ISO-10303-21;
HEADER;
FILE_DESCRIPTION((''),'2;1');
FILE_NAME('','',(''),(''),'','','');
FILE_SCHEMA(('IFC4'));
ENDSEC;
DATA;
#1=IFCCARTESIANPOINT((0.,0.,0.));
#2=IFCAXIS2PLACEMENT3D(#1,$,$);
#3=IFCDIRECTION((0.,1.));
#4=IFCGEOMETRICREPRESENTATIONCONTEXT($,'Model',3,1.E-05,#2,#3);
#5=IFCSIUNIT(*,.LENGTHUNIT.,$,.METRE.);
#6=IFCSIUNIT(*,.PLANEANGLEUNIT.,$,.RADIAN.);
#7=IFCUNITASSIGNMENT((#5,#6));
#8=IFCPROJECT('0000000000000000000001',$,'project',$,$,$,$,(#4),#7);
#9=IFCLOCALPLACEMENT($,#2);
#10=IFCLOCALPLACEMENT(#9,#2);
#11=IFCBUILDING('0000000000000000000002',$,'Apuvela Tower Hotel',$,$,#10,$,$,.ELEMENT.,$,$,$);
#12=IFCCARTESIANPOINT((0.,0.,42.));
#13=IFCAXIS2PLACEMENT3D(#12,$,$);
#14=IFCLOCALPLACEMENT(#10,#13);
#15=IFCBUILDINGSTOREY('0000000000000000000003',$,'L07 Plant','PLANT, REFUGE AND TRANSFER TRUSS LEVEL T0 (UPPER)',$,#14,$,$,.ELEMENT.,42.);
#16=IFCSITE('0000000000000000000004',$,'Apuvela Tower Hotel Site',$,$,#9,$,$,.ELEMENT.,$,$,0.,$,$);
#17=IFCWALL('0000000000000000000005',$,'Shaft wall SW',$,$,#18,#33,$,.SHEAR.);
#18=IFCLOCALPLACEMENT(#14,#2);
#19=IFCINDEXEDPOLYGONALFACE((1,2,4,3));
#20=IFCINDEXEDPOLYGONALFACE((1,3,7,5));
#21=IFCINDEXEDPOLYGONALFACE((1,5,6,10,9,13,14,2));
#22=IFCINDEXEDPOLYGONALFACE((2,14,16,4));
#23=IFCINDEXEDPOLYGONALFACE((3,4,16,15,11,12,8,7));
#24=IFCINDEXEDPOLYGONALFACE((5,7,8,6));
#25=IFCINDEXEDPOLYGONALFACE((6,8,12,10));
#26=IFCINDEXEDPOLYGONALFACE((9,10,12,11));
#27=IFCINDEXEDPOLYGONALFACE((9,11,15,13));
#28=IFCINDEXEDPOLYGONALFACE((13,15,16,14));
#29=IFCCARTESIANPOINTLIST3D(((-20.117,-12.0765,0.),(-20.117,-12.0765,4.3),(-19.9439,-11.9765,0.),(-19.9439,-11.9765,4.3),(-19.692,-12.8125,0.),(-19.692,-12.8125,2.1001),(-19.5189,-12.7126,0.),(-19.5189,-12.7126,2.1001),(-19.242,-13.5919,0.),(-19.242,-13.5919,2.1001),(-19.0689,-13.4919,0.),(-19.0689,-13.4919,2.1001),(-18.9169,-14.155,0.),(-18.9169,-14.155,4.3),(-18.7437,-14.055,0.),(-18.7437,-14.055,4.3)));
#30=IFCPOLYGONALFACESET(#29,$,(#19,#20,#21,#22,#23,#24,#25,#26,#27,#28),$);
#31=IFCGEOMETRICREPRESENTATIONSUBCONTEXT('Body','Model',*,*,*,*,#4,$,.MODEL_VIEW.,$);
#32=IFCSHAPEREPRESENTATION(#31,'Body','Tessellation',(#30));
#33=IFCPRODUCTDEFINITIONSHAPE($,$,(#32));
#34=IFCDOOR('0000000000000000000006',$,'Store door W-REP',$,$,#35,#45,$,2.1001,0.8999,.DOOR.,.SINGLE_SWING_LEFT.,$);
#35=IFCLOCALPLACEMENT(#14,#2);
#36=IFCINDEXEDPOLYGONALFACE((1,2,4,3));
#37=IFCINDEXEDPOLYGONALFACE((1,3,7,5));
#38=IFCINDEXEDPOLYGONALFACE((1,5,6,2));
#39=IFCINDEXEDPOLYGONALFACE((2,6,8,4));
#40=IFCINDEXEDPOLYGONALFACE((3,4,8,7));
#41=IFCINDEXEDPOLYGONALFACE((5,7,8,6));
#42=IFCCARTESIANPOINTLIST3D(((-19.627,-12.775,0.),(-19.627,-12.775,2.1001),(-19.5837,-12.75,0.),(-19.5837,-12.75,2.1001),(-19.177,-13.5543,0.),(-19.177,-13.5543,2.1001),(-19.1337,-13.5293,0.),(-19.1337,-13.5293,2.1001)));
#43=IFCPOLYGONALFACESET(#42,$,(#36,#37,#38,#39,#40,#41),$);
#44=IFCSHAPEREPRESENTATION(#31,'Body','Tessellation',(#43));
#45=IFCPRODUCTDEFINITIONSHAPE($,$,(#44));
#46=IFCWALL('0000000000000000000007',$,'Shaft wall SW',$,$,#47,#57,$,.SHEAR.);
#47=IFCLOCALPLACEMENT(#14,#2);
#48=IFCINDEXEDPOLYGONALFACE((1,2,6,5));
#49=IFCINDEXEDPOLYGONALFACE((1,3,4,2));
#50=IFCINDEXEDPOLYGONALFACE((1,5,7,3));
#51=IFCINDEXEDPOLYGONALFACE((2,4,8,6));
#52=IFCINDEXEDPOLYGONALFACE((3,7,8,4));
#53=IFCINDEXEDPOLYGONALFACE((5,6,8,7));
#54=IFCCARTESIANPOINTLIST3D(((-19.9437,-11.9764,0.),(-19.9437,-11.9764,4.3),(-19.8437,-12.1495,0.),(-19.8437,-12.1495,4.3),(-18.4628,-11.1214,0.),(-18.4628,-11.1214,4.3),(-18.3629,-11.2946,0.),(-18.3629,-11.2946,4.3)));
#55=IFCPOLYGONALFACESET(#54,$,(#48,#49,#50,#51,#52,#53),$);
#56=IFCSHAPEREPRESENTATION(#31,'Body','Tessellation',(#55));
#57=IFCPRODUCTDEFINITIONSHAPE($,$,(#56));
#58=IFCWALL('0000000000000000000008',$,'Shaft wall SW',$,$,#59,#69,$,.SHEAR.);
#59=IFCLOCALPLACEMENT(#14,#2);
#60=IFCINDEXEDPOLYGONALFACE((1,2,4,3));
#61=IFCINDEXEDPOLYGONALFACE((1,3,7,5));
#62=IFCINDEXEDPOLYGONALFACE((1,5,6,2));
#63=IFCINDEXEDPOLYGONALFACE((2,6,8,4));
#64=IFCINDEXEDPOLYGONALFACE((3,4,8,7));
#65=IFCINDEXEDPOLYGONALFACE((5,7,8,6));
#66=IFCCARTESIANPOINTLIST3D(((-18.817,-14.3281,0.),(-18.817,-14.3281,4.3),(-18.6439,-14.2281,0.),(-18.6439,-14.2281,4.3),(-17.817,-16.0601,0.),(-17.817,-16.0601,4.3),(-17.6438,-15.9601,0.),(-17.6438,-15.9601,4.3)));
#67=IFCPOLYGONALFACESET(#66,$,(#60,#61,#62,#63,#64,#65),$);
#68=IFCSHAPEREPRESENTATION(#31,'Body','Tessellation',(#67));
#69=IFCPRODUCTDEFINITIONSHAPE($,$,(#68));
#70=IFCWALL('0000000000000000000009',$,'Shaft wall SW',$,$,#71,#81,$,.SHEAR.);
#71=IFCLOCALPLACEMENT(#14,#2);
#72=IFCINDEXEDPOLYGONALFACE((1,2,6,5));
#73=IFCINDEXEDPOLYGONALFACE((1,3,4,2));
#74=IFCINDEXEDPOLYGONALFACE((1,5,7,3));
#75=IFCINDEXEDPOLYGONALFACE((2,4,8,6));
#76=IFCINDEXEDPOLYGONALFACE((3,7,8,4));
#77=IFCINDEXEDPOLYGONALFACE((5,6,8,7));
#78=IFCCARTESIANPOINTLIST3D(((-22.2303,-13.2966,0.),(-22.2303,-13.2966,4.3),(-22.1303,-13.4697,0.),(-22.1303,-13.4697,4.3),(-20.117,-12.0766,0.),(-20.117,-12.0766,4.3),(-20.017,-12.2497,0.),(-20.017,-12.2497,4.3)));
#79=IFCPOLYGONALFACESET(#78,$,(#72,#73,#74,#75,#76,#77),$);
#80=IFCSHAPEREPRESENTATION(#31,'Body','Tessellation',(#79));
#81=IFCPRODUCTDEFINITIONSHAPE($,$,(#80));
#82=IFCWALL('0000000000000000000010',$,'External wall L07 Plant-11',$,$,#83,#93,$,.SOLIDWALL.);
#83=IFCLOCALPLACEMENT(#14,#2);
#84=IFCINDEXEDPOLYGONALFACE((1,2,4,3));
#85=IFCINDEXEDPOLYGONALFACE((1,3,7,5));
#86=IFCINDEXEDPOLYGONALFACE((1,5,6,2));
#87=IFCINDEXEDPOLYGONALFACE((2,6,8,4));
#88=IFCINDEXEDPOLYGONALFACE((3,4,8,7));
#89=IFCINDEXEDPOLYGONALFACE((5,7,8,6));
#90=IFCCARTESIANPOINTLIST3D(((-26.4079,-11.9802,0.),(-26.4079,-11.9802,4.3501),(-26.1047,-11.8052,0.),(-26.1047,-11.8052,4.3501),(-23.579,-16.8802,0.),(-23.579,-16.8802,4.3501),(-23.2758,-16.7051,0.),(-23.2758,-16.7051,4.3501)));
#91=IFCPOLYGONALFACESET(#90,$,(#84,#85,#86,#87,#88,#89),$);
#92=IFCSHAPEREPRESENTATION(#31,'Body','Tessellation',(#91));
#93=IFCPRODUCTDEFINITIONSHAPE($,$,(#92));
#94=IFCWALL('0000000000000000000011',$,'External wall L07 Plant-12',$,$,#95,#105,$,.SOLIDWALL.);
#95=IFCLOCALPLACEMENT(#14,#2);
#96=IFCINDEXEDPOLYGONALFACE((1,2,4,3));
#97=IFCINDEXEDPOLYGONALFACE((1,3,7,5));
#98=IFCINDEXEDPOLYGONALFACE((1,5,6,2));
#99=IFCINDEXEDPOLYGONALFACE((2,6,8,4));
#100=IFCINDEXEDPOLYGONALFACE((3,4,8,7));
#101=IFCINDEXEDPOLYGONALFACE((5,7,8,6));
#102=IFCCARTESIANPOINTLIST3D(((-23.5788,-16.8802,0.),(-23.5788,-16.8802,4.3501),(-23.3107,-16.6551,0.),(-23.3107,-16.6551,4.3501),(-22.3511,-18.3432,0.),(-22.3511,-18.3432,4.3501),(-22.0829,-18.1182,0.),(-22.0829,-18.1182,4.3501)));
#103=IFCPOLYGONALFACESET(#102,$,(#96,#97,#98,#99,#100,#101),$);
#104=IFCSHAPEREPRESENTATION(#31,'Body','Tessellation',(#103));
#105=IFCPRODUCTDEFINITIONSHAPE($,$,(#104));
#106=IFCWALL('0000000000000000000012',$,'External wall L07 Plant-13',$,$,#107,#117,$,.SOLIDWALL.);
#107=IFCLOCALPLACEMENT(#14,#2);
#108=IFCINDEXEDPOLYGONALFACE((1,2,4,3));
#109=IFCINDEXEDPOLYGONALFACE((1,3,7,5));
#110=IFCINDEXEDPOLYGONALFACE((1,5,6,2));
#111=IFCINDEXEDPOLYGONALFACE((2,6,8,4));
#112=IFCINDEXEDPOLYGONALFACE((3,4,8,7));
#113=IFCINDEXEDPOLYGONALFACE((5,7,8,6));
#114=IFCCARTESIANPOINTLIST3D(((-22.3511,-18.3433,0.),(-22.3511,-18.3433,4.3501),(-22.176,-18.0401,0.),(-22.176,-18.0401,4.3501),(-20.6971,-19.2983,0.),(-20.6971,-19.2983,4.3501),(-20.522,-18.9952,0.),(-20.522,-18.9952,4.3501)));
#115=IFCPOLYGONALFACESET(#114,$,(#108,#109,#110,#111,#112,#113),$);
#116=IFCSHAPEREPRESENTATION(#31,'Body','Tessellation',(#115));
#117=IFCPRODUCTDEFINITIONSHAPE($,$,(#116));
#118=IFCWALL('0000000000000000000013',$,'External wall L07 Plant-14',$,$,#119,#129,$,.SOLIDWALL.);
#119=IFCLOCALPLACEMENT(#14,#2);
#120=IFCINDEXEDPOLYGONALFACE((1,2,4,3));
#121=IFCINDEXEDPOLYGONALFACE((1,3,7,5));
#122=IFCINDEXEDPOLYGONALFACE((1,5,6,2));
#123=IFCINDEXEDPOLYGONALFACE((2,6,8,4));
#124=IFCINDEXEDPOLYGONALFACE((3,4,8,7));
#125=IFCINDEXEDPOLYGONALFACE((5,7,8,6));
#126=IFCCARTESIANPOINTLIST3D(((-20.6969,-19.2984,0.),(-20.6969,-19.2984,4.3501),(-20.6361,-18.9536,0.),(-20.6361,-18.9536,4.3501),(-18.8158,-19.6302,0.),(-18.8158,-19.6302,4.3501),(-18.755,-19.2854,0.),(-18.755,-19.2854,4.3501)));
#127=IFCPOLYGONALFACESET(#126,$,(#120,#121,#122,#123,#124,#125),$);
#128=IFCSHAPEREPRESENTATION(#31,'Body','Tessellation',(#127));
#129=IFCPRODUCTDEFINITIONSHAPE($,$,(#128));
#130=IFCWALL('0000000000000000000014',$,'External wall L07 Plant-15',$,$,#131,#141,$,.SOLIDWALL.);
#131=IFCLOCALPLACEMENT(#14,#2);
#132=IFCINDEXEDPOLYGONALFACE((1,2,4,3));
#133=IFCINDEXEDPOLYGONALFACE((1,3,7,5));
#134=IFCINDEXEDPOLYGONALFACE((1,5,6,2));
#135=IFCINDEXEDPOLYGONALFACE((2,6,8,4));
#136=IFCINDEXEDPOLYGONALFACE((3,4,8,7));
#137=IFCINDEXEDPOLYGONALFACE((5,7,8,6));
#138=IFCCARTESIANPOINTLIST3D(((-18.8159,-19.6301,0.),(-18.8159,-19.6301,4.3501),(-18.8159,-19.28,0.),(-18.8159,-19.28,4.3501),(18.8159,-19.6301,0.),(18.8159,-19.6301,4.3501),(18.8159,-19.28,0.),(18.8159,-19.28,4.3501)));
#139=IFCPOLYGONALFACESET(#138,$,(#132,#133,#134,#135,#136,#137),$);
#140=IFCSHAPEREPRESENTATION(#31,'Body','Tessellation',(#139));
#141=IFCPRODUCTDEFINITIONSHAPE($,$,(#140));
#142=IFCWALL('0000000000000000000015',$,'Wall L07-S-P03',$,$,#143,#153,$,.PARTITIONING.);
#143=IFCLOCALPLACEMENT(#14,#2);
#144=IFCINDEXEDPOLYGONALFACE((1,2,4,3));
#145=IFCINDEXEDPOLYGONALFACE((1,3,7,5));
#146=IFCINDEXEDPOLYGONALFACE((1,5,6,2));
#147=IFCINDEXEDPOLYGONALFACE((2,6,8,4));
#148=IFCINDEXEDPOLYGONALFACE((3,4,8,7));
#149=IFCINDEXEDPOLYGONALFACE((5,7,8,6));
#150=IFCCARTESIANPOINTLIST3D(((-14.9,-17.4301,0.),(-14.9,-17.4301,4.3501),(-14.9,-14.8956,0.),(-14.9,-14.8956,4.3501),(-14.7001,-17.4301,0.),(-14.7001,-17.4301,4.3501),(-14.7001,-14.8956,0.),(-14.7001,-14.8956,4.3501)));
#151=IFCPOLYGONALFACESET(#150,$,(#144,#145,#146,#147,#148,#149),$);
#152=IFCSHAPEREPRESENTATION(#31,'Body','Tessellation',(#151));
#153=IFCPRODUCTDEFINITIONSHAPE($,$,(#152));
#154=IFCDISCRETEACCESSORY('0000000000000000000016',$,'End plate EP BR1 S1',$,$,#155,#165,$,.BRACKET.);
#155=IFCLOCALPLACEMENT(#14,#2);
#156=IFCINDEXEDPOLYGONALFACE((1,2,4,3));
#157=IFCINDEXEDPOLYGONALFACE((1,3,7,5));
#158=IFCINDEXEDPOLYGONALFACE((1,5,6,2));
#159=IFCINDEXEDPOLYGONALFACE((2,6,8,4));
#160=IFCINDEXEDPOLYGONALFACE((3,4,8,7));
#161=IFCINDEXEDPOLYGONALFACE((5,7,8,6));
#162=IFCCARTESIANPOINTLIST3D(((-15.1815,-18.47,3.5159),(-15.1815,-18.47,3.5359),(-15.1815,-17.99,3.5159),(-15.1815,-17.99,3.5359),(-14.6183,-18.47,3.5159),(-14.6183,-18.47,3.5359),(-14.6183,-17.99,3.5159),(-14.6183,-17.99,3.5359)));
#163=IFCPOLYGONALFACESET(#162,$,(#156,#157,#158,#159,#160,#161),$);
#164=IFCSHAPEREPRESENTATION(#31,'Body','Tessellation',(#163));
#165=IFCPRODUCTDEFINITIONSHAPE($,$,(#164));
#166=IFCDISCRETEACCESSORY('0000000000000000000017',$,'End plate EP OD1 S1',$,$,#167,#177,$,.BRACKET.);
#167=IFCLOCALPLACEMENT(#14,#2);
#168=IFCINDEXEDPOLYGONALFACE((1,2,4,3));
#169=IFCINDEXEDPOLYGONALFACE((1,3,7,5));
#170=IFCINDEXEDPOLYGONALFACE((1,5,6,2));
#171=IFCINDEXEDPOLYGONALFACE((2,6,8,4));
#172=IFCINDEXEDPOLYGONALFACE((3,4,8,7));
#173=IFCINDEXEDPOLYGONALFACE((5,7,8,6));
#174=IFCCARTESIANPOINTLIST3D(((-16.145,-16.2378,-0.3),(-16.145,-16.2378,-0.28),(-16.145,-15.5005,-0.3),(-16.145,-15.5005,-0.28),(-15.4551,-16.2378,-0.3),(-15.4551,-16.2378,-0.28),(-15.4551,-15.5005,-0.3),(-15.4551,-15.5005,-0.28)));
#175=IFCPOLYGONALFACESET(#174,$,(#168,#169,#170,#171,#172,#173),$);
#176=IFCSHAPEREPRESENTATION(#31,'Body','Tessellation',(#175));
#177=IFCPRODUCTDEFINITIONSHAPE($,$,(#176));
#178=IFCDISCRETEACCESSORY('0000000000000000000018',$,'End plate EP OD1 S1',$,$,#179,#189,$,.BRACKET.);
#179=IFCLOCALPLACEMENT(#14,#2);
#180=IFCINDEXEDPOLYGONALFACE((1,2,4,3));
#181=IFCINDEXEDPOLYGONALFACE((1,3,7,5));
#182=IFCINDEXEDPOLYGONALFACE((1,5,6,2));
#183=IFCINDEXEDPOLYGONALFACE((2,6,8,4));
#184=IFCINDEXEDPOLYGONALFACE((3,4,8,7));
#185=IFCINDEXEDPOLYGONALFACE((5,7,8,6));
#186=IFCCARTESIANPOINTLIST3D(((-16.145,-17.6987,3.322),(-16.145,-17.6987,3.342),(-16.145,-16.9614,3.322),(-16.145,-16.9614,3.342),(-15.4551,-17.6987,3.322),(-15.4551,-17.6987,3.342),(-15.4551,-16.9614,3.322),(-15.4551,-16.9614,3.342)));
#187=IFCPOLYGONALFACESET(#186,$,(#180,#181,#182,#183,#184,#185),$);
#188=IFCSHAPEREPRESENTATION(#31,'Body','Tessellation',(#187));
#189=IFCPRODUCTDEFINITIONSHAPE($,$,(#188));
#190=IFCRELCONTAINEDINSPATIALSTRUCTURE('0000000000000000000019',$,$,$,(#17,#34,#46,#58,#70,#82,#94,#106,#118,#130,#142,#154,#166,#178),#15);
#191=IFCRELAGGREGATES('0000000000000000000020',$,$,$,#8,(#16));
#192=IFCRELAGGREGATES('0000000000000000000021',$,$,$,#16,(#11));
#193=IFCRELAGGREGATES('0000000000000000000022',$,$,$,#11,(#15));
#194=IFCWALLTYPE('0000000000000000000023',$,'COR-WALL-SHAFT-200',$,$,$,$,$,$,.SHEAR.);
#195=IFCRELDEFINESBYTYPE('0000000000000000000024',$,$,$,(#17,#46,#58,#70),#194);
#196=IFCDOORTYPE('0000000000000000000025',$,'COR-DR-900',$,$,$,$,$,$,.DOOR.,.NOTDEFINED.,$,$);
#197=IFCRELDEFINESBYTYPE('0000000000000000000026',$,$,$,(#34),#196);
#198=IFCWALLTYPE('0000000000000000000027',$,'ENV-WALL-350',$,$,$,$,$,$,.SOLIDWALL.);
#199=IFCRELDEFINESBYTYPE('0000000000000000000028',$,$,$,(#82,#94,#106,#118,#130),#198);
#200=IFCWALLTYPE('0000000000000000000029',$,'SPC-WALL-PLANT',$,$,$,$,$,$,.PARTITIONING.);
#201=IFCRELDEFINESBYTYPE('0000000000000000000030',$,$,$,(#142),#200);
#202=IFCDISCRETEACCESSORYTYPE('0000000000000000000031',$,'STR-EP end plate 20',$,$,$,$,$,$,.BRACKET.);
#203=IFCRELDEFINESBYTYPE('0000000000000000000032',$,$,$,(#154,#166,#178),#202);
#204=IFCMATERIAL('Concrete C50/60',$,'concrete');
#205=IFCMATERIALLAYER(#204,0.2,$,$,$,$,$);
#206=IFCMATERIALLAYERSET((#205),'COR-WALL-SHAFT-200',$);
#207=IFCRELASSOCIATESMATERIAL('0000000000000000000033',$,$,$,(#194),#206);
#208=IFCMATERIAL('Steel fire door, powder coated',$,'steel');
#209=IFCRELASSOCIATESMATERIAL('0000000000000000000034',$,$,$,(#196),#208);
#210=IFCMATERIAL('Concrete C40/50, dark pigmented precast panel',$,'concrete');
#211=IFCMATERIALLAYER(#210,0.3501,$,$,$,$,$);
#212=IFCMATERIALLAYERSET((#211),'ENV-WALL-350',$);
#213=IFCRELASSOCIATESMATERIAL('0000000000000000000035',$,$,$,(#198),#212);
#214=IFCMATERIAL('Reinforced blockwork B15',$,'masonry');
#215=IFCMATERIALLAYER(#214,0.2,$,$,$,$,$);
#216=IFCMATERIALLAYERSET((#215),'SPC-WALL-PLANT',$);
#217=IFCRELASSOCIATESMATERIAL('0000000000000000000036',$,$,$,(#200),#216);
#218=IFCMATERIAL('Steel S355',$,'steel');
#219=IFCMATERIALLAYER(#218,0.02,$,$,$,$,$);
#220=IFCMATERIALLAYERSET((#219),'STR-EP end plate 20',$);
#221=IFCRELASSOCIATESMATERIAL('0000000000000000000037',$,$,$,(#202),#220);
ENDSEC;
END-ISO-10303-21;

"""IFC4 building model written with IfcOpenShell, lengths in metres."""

from ifc_helpers import new_model, si_unit, direction, frame, frame_2d, origin, origin_2d, place, context, subcontext, project, spatial, rectangle, extrude, material, layer, layer_set, type_object, element, fill, save


model = new_model("IFC4")

# Units and contexts
model_context = context("Model", 3, precision=1e-05, world=origin(), true_north=direction((0.0, 1.0)))
body_context = subcontext(model_context, "Body", "Model", "MODEL_VIEW")
ifc_project = project(units=[si_unit("LENGTHUNIT", "METRE"), si_unit("PLANEANGLEUNIT", "RADIAN")], contexts=[model_context])

# Site, building, storey
site_placement = place(None, origin())
site = spatial("IfcSite", under=ifc_project, at=site_placement, Name="Apuvela Tower Hotel Site", CompositionType="ELEMENT", RefElevation=0.0)
building_placement = place(site_placement, origin())
building = spatial("IfcBuilding", under=site, at=building_placement, Name="Apuvela Tower Hotel", CompositionType="ELEMENT")
storey_placement = place(building_placement, frame((0.0, 0.0, 42.0)))
storey = spatial("IfcBuildingStorey", under=building, at=storey_placement, Name="L07 Plant", Description="PLANT, REFUGE AND TRANSFER TRUSS LEVEL T0 (UPPER)", CompositionType="ELEMENT", Elevation=42.0)

# Shared definitions
ifc_material_1 = material(Name="Steel S355", Category="steel")

# Wall, opening, door
ifc_material_2 = material(Name="Concrete C50/60", Category="concrete")
ifc_layer_1 = layer(ifc_material_2, 0.2)
ifc_layer_set_1 = layer_set([ifc_layer_1], Name="COR-WALL-SHAFT-200")
wall_type_1 = type_object("IfcWallType", Name="COR-WALL-SHAFT-200", PredefinedType="SHEAR", material=ifc_layer_set_1)
wall_1_placement = place(storey_placement, frame((-20.0305, -12.0264, 0.0), z_axis=(0.0, 0.0, 1.0), x_axis=(0.500034, -0.866006, 0.0)))
wall_1 = element("IfcWall", 1, at=wall_1_placement, inside=storey, type_object=wall_type_1, Name="Shaft wall SW", PredefinedType="SHEAR", context=body_context, shape_type="SweptSolid", body=[
    extrude(rectangle(XDim=2.4001, YDim=0.2, at=frame_2d((1.2002, 0.0))), origin(), (0.0, 0.0, 1.0), 4.3),
])
opening_placement = place(wall_1_placement, frame((0.8501, 0.0, 0.0)))
opening = element("IfcOpeningElement", 2, at=opening_placement, cuts=wall_1, PredefinedType="OPENING", context=body_context, shape_type="SweptSolid", body=[
    extrude(rectangle(XDim=0.8999, YDim=2.1001, at=frame_2d((0.45, 1.05))), frame((0.0, 0.1099, 0.0), z_axis=(0.0, -1.0, 0.0), x_axis=(1.0, 0.0, 0.0)), (0.0, 0.0, 1.0), 0.22),
])
ifc_material_3 = material(Name="Steel fire door, powder coated", Category="steel")
door_type = type_object("IfcDoorType", Name="COR-DR-900", OperationType="NOTDEFINED", PredefinedType="DOOR", material=ifc_material_3)
door_placement = place(opening_placement, frame((0.8999, 0.0, 0.0), z_axis=(0.0, 0.0, 1.0), x_axis=(-1.0, 0.0, 0.0)))
door = element("IfcDoor", 3, at=door_placement, inside=storey, type_object=door_type, Name="Store door W-REP", OperationType="SINGLE_SWING_LEFT", OverallHeight=2.1001, OverallWidth=0.8999, PredefinedType="DOOR", context=body_context, shape_type="SweptSolid", body=[
    extrude(rectangle(XDim=0.8999, YDim=2.1001, at=frame_2d((0.45, 1.05))), frame((0.0, 0.0249, 0.0), z_axis=(0.0, -1.0, 0.0), x_axis=(1.0, 0.0, 0.0)), (0.0, 0.0, 1.0), 0.05),
])
fill(opening, door)

# Walls
wall_2_placement = place(storey_placement, frame((-18.4128, -11.208, 0.0), z_axis=(0.0, 0.0, 1.0), x_axis=(-0.866038, -0.499978, 0.0)))
element("IfcWall", 4, at=wall_2_placement, inside=storey, type_object=wall_type_1, Name="Shaft wall SW", PredefinedType="SHEAR", context=body_context, shape_type="SweptSolid", body=[
    extrude(rectangle(XDim=1.71, YDim=0.2, at=frame_2d((0.855, 0.0))), origin(), (0.0, 0.0, 1.0), 4.3),
])
wall_3_placement = place(storey_placement, frame((-18.7305, -14.2781, 0.0), z_axis=(0.0, 0.0, 1.0), x_axis=(0.500025, -0.866011, 0.0)))
element("IfcWall", 5, at=wall_3_placement, inside=storey, type_object=wall_type_1, Name="Shaft wall SW", PredefinedType="SHEAR", context=body_context, shape_type="SweptSolid", body=[
    extrude(rectangle(XDim=2.0, YDim=0.2, at=frame_2d((1.0, 0.0))), origin(), (0.0, 0.0, 1.0), 4.3),
])
wall_4_placement = place(storey_placement, frame((-20.0669, -12.1631, 0.0), z_axis=(0.0, 0.0, 1.0), x_axis=(-0.866049, -0.499959, 0.0)))
element("IfcWall", 6, at=wall_4_placement, inside=storey, type_object=wall_type_1, Name="Shaft wall SW", PredefinedType="SHEAR", context=body_context, shape_type="SweptSolid", body=[
    extrude(rectangle(XDim=2.4402, YDim=0.2, at=frame_2d((1.2202, 0.0))), origin(), (0.0, 0.0, 1.0), 4.3),
])
ifc_material_4 = material(Name="Concrete C40/50, dark pigmented precast panel", Category="concrete")
ifc_layer_2 = layer(ifc_material_4, 0.3501)
ifc_layer_set_2 = layer_set([ifc_layer_2], Name="ENV-WALL-350")
wall_type_2 = type_object("IfcWallType", Name="ENV-WALL-350", PredefinedType="SOLIDWALL", material=ifc_layer_set_2)
wall_5_placement = place(storey_placement, frame((-26.2563, -11.8926, 0.0), z_axis=(0.0, 0.0, 1.0), x_axis=(0.499986, -0.866033, 0.0)))
element("IfcWall", 7, at=wall_5_placement, inside=storey, type_object=wall_type_2, Name="External wall L07 Plant-11", PredefinedType="SOLIDWALL", context=body_context, shape_type="SweptSolid", body=[
    extrude(rectangle(XDim=5.658, YDim=0.3501, at=frame_2d((2.8291, 0.0))), origin(), (0.0, 0.0, 1.0), 4.3501),
])
for number, where, z_axis, x_axis, name in (
    (8, (-23.4448, -16.7676, 0.0), (0.0, 0.0, 1.0), (0.642808, -0.766027, 0.0), "External wall L07 Plant-12"),
    (9, (-22.2637, -18.1917, 0.0), (0.0, 0.0, 1.0), (0.866, -0.500043, 0.0), "External wall L07 Plant-13"),
):
    element("IfcWall", number, at=place(storey_placement, frame(where, z_axis=z_axis, x_axis=x_axis)), inside=storey, type_object=wall_type_2, Name=name, PredefinedType="SOLIDWALL", context=body_context, shape_type="SweptSolid", body=[
        extrude(rectangle(XDim=1.9099, YDim=0.3501, at=frame_2d((0.9551, 0.0))), origin(), (0.0, 0.0, 1.0), 4.3501),
    ])
wall_6_placement = place(storey_placement, frame((-20.6665, -19.126, 0.0), z_axis=(0.0, 0.0, 1.0), x_axis=(0.984799, -0.173698, 0.0)))
element("IfcWall", 10, at=wall_6_placement, inside=storey, type_object=wall_type_2, Name="External wall L07 Plant-14", PredefinedType="SOLIDWALL", context=body_context, shape_type="SweptSolid", body=[
    extrude(rectangle(XDim=1.9102, YDim=0.3501, at=frame_2d((0.9551, 0.0))), origin(), (0.0, 0.0, 1.0), 4.3501),
])
wall_7_placement = place(storey_placement, frame((-18.8159, -19.4551, 0.0), z_axis=(0.0, 0.0, 1.0), x_axis=(1.0, 0.0, 0.0)))
element("IfcWall", 11, at=wall_7_placement, inside=storey, type_object=wall_type_2, Name="External wall L07 Plant-15", PredefinedType="SOLIDWALL", context=body_context, shape_type="SweptSolid", body=[
    extrude(rectangle(XDim=37.6318, YDim=0.3501, at=frame_2d((18.8159, 0.0))), origin(), (0.0, 0.0, 1.0), 4.3501),
])
ifc_material_5 = material(Name="Reinforced blockwork B15", Category="masonry")
ifc_layer_3 = layer(ifc_material_5, 0.2)
ifc_layer_set_3 = layer_set([ifc_layer_3], Name="SPC-WALL-PLANT")
wall_type_3 = type_object("IfcWallType", Name="SPC-WALL-PLANT", PredefinedType="PARTITIONING", material=ifc_layer_set_3)
wall_8_placement = place(storey_placement, frame((-14.8, -17.4299, 0.0), z_axis=(0.0, 0.0, 1.0), x_axis=(0.0, 1.0, 0.0)))
element("IfcWall", 12, at=wall_8_placement, inside=storey, type_object=wall_type_3, Name="Wall L07-S-P03", PredefinedType="PARTITIONING", context=body_context, shape_type="SweptSolid", body=[
    extrude(rectangle(XDim=2.5344, YDim=0.2, at=frame_2d((1.2671, 0.0))), origin(), (0.0, 0.0, 1.0), 4.3501),
])

# Discrete accessories
ifc_layer_4 = layer(ifc_material_1, 0.02)
ifc_layer_set_4 = layer_set([ifc_layer_4], Name="STR-EP end plate 20")
discrete_accessory_type = type_object("IfcDiscreteAccessoryType", Name="STR-EP end plate 20", PredefinedType="BRACKET", material=ifc_layer_set_4)
discrete_accessory_placement = place(storey_placement, frame((-14.8999, -18.23, 3.5159), z_axis=(0.0, 0.0, 1.0), x_axis=(-1.0, 0.0, 0.0)))
element("IfcDiscreteAccessory", 13, at=discrete_accessory_placement, inside=storey, type_object=discrete_accessory_type, Name="End plate EP BR1 S1", PredefinedType="BRACKET", context=body_context, shape_type="SweptSolid", body=[
    extrude(rectangle(XDim=0.5632, YDim=0.48, at=origin_2d()), origin(), (0.0, 0.0, 1.0), 0.02),
])
for number, where, z_axis, x_axis, name in (
    (14, (-15.8, -15.8691, -0.3), (0.0, 0.0, 1.0), (0.0, -1.0, 0.0), "End plate EP OD1 S1"),
    (15, (-15.8, -17.3301, 3.322), (0.0, 0.0, 1.0), (0.0, -1.0, 0.0), "End plate EP OD1 S1"),
):
    element("IfcDiscreteAccessory", number, at=place(storey_placement, frame(where, z_axis=z_axis, x_axis=x_axis)), inside=storey, type_object=discrete_accessory_type, Name=name, PredefinedType="BRACKET", context=body_context, shape_type="SweptSolid", body=[
        extrude(rectangle(XDim=0.7373, YDim=0.6899, at=origin_2d()), origin(), (0.0, 0.0, 1.0), 0.02),
    ])

save(model, "model.ifc")
